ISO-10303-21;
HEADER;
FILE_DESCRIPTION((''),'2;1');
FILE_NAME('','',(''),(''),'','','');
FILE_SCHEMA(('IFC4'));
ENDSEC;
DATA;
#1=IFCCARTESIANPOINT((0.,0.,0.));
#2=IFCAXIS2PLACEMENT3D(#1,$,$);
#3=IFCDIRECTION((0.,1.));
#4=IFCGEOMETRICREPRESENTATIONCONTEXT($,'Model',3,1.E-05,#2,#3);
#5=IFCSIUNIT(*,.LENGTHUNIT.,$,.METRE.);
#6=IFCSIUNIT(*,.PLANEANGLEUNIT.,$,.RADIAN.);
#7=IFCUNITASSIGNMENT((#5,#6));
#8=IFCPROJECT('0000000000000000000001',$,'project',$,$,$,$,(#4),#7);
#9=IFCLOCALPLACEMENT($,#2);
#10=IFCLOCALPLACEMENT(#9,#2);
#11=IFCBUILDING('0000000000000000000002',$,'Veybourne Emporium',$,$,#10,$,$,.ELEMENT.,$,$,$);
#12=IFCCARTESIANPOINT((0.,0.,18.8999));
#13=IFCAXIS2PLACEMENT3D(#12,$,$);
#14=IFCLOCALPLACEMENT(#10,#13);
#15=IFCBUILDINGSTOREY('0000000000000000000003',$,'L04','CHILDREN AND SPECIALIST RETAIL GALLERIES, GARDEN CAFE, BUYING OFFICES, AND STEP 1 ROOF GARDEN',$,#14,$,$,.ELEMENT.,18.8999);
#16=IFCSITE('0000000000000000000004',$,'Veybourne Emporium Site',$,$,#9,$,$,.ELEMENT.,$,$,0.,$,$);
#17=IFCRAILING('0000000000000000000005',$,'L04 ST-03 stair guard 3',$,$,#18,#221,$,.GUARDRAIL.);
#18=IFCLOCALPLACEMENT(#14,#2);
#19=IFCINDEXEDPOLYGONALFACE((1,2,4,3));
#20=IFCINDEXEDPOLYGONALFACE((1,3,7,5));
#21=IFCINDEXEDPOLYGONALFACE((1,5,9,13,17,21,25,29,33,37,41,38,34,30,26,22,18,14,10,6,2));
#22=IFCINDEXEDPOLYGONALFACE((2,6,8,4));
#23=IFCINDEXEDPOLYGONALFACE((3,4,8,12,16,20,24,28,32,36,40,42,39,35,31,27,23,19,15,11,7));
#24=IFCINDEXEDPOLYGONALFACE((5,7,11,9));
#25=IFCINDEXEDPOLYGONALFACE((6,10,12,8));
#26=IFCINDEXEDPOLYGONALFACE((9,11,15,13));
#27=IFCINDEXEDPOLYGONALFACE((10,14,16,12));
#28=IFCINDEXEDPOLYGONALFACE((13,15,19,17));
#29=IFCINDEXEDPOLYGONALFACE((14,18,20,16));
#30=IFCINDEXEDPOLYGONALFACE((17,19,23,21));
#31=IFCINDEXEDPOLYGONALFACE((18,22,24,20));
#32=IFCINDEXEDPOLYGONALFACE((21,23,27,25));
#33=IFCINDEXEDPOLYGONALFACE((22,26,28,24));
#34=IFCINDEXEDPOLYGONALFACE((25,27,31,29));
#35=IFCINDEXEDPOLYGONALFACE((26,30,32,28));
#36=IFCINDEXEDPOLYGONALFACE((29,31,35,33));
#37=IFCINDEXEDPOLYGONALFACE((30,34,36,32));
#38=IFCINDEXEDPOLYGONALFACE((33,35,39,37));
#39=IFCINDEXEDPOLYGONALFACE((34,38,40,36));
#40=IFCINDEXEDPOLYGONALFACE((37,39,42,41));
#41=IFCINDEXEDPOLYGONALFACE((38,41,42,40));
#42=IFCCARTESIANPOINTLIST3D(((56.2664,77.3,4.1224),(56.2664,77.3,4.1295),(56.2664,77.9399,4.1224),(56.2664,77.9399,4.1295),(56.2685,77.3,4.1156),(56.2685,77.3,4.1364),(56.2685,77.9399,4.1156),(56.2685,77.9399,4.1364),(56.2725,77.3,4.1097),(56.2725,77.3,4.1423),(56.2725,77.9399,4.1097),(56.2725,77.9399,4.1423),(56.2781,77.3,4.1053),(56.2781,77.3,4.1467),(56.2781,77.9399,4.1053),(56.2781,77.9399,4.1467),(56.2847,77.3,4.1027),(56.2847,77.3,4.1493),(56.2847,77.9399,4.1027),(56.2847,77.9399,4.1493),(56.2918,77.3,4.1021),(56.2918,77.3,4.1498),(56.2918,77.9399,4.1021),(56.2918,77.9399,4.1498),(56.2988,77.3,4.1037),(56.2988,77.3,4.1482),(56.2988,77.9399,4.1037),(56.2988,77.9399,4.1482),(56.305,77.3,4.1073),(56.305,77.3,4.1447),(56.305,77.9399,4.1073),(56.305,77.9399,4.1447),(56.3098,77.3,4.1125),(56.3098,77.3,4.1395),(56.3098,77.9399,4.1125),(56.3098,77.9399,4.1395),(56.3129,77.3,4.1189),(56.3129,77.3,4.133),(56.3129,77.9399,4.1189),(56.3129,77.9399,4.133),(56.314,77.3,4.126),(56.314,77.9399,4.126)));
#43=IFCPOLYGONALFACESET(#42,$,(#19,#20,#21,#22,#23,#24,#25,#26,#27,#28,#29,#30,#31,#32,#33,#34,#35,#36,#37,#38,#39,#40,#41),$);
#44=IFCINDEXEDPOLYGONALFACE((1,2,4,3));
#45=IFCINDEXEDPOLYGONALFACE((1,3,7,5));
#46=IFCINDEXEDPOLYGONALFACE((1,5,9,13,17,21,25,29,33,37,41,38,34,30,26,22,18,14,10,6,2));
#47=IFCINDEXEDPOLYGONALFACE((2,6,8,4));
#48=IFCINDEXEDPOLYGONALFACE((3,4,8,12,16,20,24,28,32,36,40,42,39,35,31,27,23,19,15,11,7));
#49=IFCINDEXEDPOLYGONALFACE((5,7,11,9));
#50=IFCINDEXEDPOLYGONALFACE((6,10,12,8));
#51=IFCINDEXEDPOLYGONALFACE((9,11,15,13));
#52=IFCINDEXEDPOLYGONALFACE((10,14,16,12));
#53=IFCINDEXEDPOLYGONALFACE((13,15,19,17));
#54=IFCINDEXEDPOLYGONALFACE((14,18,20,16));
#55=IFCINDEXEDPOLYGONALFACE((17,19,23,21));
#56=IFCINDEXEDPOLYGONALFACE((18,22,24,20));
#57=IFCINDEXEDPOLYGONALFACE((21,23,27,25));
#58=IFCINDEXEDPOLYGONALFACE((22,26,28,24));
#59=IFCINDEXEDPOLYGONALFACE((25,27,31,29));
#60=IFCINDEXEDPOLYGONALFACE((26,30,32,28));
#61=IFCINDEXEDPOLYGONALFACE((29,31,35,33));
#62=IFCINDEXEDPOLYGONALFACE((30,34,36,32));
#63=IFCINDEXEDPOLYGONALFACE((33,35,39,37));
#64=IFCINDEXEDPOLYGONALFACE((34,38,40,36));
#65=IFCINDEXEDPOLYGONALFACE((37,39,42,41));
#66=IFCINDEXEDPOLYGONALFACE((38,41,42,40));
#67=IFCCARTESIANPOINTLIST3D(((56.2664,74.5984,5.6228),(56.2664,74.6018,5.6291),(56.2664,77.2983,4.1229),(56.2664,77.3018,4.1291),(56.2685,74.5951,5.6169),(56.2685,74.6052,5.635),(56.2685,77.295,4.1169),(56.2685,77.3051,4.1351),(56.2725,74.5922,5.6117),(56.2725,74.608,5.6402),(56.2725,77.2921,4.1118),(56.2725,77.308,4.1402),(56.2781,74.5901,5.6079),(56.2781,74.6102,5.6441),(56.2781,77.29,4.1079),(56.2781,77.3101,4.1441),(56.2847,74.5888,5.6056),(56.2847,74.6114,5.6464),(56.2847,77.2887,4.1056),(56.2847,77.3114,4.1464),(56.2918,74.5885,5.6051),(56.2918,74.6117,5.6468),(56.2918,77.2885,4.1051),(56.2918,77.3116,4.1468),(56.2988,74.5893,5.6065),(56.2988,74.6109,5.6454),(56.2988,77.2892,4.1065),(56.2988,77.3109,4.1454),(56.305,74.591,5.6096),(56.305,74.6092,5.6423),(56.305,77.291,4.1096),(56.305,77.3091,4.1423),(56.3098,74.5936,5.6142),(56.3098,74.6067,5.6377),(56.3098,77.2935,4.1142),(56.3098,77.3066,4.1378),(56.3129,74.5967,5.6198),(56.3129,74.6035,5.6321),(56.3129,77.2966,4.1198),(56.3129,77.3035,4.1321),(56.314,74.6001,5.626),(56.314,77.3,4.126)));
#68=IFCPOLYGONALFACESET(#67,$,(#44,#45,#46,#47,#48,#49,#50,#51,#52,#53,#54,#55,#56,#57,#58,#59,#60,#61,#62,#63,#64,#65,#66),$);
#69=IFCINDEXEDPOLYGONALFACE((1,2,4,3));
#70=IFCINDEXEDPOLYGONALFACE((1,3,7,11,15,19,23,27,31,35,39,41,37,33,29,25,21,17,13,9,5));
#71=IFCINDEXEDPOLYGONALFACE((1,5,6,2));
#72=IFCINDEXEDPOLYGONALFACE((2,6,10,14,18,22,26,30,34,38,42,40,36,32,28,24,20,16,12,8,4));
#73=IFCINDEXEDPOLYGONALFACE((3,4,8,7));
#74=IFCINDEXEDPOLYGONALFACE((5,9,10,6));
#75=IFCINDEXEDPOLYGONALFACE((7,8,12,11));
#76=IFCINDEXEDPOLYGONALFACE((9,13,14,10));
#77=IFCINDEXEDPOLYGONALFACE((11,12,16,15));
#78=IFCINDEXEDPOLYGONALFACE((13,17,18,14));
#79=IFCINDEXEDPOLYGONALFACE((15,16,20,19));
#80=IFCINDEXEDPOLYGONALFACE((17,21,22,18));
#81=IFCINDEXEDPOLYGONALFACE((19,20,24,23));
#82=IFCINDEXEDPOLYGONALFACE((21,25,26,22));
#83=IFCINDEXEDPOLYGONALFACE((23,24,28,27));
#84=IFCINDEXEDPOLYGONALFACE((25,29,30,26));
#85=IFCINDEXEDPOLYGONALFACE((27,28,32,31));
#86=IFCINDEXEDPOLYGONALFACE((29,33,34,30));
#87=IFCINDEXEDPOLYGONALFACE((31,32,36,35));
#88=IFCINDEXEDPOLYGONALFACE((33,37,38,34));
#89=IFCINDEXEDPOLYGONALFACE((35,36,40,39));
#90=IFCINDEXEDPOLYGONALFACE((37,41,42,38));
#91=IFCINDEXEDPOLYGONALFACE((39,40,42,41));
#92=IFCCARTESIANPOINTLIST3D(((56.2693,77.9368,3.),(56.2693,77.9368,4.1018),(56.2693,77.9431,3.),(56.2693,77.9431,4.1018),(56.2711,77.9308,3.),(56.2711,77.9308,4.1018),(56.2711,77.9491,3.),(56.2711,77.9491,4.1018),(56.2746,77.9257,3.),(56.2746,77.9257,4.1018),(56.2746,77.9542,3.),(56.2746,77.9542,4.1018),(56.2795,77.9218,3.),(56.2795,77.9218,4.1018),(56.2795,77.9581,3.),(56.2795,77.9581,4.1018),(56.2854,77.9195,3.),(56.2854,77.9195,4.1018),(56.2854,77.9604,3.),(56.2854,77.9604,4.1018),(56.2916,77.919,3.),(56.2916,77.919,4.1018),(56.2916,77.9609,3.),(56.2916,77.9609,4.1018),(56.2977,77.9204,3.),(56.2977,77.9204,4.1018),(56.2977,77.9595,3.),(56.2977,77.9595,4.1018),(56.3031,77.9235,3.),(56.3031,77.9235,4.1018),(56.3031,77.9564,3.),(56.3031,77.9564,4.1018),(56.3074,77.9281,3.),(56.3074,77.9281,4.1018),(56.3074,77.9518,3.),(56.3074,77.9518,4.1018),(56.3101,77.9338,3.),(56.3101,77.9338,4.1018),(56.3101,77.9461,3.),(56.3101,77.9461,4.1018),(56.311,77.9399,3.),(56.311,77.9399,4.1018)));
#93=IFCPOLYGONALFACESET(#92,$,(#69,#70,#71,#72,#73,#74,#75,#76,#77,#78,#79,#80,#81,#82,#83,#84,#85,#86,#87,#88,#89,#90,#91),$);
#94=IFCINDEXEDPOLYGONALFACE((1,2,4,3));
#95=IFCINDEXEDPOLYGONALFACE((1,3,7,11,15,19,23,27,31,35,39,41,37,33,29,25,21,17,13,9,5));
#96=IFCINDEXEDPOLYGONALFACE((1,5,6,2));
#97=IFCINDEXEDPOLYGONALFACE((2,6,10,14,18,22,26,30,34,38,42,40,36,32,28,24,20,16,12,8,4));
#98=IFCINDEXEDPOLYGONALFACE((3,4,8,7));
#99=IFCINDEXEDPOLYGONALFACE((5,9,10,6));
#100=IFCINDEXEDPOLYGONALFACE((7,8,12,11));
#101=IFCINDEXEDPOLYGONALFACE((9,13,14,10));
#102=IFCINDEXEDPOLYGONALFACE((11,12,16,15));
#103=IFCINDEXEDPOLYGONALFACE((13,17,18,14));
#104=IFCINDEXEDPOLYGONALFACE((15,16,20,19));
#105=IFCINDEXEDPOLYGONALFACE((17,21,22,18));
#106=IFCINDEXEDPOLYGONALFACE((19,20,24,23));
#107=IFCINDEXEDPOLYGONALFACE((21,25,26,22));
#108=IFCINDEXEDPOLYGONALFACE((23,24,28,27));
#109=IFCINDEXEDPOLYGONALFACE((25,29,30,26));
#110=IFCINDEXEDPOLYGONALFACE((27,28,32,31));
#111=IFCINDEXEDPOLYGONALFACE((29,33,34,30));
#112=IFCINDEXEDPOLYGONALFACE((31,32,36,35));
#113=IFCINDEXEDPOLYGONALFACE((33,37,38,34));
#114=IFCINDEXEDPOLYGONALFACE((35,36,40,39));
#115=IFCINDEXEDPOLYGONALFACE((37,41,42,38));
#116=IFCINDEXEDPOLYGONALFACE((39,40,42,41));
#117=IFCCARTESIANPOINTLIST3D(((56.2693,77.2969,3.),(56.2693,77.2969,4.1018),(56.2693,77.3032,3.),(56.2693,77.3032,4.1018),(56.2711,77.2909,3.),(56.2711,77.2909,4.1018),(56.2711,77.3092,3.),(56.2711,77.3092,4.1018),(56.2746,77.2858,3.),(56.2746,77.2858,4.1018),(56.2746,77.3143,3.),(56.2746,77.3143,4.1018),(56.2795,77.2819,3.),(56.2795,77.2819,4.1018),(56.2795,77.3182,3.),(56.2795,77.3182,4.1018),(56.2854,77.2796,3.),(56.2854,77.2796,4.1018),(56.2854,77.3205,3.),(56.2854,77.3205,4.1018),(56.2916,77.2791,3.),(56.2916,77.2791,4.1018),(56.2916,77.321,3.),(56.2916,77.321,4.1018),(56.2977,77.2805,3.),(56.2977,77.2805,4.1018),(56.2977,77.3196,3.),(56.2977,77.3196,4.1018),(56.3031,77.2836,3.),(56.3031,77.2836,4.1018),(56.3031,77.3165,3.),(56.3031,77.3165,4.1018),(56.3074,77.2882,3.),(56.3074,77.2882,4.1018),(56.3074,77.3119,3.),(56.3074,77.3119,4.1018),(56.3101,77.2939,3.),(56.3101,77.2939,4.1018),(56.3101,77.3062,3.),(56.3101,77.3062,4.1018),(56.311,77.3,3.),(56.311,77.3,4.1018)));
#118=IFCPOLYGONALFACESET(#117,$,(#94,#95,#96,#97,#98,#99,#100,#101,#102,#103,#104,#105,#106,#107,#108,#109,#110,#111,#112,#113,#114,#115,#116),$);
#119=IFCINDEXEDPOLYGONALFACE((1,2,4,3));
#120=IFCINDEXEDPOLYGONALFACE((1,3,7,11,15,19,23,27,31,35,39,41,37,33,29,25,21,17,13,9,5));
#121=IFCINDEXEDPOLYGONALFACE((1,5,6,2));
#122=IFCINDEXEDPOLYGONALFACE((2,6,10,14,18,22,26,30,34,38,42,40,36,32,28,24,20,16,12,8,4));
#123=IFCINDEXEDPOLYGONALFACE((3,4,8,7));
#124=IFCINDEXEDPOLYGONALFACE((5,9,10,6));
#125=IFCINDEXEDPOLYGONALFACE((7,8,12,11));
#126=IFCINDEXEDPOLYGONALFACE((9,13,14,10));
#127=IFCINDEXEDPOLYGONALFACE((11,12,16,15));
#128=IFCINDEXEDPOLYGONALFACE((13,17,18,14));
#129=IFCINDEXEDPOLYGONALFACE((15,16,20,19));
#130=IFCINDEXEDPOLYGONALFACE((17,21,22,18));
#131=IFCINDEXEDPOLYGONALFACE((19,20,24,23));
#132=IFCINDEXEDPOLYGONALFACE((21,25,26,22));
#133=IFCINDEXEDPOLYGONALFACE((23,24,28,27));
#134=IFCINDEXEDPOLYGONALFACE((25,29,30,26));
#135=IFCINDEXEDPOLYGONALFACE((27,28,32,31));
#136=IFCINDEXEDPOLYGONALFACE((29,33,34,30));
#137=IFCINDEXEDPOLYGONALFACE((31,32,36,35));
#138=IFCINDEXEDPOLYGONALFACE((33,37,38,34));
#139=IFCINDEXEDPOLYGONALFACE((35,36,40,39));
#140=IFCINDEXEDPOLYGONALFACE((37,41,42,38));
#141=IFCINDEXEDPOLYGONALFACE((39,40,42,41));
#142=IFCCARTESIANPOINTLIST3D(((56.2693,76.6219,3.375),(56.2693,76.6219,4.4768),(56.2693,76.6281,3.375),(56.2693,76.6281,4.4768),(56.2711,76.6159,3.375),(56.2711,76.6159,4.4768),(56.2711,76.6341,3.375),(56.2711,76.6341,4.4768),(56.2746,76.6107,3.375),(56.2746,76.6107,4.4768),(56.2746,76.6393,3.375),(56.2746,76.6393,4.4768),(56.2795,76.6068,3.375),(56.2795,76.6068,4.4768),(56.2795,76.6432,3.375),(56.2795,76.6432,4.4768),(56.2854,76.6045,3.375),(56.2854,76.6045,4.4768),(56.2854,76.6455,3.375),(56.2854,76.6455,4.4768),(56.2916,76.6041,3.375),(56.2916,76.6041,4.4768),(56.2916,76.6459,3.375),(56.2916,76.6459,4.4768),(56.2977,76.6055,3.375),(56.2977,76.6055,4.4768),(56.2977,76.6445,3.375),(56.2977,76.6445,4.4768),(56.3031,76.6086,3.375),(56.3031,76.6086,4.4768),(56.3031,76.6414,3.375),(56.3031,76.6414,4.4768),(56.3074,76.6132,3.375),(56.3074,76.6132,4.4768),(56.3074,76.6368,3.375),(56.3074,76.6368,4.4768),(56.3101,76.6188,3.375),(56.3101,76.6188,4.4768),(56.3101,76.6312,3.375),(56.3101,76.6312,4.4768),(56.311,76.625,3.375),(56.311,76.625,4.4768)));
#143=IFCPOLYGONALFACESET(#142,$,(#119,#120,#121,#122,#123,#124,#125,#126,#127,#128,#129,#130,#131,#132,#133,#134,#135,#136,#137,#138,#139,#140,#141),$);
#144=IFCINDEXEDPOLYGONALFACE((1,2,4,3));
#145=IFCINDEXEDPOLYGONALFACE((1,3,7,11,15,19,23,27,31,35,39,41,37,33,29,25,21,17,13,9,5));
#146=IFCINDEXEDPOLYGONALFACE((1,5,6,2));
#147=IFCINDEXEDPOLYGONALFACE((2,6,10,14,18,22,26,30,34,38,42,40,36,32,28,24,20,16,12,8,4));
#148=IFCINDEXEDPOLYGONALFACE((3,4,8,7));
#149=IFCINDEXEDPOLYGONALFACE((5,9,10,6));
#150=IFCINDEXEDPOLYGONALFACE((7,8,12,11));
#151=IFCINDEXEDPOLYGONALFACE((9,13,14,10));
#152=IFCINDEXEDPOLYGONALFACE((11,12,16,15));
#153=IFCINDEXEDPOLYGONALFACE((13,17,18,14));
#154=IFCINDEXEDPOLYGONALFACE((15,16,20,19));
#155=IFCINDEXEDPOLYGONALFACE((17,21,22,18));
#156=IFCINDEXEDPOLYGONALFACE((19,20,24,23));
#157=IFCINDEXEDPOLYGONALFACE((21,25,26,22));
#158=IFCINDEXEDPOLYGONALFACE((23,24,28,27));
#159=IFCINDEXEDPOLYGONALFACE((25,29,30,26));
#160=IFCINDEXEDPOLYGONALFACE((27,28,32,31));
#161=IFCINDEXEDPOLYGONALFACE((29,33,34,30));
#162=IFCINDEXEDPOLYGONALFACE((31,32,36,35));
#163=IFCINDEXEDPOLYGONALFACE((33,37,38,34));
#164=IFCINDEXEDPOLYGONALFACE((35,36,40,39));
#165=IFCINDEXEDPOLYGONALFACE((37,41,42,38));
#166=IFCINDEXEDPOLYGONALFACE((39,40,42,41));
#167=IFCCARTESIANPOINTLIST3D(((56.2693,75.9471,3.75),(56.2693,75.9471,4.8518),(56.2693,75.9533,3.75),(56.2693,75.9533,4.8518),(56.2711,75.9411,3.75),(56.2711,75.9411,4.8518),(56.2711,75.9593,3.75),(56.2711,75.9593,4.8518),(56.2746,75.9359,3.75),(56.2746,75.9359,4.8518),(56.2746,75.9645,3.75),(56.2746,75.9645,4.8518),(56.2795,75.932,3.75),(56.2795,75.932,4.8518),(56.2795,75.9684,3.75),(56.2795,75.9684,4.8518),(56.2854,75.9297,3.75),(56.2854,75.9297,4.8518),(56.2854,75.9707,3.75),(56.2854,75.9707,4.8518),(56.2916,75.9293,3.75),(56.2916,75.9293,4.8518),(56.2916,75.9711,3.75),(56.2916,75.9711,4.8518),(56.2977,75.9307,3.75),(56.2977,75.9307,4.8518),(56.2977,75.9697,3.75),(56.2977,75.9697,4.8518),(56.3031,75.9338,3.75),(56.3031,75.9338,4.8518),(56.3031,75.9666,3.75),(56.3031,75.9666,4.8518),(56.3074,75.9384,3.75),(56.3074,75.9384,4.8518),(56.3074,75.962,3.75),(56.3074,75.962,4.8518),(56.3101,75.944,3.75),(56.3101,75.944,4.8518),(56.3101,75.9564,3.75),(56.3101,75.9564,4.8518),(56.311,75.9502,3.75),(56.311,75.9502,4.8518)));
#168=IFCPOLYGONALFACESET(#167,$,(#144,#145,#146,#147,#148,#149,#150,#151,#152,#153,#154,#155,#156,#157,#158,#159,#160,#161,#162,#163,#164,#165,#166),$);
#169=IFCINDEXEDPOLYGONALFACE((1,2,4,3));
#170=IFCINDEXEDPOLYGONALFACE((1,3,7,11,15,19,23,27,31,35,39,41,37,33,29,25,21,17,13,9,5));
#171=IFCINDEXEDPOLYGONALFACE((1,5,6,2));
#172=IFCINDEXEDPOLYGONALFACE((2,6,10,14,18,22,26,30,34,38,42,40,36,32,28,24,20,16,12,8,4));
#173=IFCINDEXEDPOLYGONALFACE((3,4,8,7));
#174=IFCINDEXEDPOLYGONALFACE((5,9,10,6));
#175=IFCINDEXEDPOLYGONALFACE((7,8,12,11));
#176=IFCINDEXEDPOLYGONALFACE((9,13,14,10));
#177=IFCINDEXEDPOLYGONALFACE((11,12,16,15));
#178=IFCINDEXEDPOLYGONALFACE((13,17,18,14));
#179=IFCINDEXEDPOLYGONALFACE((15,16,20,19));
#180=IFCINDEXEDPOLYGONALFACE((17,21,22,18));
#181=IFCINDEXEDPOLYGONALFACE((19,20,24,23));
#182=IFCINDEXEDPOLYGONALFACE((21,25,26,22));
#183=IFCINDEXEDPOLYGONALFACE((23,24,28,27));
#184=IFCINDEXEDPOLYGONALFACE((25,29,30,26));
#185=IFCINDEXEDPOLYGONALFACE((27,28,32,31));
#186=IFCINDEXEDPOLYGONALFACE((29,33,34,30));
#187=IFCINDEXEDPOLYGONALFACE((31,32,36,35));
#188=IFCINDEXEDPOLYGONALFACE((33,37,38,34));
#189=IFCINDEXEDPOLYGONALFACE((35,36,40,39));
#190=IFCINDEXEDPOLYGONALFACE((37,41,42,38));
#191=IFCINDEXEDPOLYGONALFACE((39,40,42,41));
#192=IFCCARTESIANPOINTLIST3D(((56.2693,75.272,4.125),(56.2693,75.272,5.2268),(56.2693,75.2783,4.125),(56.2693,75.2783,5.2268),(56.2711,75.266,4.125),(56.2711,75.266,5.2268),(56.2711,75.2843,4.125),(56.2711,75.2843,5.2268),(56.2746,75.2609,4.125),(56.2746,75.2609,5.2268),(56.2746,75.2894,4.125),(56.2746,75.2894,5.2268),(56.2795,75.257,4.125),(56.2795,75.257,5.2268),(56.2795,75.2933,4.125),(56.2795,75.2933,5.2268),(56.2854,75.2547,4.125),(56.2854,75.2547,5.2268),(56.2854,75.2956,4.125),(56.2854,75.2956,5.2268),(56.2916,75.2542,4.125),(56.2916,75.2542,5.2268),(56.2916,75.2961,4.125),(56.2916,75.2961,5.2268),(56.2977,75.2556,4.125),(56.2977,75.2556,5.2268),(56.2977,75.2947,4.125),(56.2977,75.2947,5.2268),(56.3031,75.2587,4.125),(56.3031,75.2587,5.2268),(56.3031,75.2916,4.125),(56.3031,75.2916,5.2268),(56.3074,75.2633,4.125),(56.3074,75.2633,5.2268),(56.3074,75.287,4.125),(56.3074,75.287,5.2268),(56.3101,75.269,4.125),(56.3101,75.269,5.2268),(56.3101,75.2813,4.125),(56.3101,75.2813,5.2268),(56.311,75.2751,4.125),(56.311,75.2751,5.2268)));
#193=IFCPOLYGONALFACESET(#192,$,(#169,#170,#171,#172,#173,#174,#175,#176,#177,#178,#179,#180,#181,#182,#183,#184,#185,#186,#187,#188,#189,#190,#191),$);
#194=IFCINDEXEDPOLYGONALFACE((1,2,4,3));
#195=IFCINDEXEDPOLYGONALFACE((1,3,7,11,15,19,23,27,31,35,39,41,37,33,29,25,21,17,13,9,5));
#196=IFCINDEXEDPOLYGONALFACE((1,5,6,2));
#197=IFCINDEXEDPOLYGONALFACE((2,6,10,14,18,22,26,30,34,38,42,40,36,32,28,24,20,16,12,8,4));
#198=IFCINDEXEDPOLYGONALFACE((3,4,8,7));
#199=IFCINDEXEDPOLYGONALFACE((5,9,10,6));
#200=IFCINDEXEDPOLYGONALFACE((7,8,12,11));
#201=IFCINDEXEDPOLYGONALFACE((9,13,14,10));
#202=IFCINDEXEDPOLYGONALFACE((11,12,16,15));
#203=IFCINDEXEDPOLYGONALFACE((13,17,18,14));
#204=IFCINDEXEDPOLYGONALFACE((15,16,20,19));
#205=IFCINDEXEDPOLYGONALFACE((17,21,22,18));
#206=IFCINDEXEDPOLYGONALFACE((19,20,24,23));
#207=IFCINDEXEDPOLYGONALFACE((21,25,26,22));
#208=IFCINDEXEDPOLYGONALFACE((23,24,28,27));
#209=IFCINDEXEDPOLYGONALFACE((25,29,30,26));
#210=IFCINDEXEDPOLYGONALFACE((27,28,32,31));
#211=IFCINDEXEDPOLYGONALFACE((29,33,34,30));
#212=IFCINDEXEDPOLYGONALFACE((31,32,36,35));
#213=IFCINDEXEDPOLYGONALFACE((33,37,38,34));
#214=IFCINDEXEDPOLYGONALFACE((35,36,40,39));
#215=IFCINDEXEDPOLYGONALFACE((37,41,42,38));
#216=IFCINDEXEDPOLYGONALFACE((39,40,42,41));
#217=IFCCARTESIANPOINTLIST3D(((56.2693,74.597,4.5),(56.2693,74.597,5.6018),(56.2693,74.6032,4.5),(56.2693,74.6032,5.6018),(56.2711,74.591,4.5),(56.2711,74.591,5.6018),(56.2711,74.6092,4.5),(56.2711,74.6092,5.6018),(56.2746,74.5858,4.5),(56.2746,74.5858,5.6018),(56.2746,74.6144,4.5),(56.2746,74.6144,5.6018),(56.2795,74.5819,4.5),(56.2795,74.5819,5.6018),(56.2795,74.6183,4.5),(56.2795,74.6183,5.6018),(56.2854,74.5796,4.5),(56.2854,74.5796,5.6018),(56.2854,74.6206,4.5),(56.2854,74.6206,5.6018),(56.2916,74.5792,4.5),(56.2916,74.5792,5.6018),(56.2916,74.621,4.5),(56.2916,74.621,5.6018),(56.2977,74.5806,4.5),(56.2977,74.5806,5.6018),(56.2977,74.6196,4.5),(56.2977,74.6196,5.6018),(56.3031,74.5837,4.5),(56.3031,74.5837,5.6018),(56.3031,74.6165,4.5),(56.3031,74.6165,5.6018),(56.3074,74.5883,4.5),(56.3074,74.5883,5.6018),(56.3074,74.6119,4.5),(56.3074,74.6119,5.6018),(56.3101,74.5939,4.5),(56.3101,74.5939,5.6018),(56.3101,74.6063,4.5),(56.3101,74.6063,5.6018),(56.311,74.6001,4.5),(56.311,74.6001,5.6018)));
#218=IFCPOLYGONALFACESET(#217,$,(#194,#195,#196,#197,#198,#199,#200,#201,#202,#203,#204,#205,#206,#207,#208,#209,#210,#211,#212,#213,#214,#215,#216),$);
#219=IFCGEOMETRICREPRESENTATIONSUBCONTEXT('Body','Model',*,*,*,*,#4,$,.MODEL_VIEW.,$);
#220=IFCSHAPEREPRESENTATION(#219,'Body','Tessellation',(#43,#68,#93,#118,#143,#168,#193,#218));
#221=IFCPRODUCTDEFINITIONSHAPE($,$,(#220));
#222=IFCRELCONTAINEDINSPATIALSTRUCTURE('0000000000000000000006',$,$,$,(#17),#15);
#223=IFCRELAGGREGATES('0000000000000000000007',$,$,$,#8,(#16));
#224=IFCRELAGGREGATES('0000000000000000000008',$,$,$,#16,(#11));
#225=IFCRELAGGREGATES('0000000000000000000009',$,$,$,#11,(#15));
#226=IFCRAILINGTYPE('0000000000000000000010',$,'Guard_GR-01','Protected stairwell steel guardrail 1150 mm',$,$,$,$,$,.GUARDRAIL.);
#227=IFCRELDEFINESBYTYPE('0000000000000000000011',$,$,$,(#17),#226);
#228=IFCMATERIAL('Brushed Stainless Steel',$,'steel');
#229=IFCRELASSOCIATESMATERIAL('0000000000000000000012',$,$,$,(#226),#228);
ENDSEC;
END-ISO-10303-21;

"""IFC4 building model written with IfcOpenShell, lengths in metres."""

from ifc_helpers import new_model, si_unit, direction, frame, origin, origin_2d, place, context, subcontext, project, spatial, circle, extrude, material, type_object, element, save


model = new_model("IFC4")

# Units and contexts
model_context = context("Model", 3, precision=1e-05, world=origin(), true_north=direction((0.0, 1.0)))
body_context = subcontext(model_context, "Body", "Model", "MODEL_VIEW")
ifc_project = project(units=[si_unit("LENGTHUNIT", "METRE"), si_unit("PLANEANGLEUNIT", "RADIAN")], contexts=[model_context])

# Site, building, storey
site_placement = place(None, origin())
site = spatial("IfcSite", under=ifc_project, at=site_placement, Name="Veybourne Emporium Site", CompositionType="ELEMENT", RefElevation=0.0)
building_placement = place(site_placement, origin())
building = spatial("IfcBuilding", under=site, at=building_placement, Name="Veybourne Emporium", CompositionType="ELEMENT")
storey_placement = place(building_placement, frame((0.0, 0.0, 18.8999)))
storey = spatial("IfcBuildingStorey", under=building, at=storey_placement, Name="L04", Description="CHILDREN AND SPECIALIST RETAIL GALLERIES, GARDEN CAFE, BUYING OFFICES, AND STEP 1 ROOF GARDEN", CompositionType="ELEMENT", Elevation=18.8999)

# Railing
ifc_material_1 = material(Name="Brushed Stainless Steel", Category="steel")
railing_type_1 = type_object("IfcRailingType", Name="Guard_GR-01", Description="Protected stairwell steel guardrail 1150 mm", PredefinedType="GUARDRAIL", material=ifc_material_1)
railing_1_placement = place(storey_placement, frame((56.29, 77.9399, 3.0)))
element("IfcRailing", 1, at=railing_1_placement, inside=storey, type_object=railing_type_1, Name="L04 ST-03 stair guard 3", PredefinedType="GUARDRAIL", context=body_context, shape_type="SweptSolid", body=[
    extrude(circle(Radius=0.0239, at=origin_2d()), frame((0.0, 0.0, 1.126), z_axis=(0.0, -1.0, 0.0), x_axis=(1.0, 0.0, 0.0)), (0.0, 0.0, 1.0), 0.6399),
    extrude(circle(Radius=0.0239, at=origin_2d()), frame((0.0, -0.6399, 1.126), z_axis=(0.0, -0.874154, 0.48565), x_axis=(1.0, 0.0, 0.0)), (0.0, 0.0, 1.0), 3.0886),
    extrude(circle(Radius=0.021, at=origin_2d()), origin(), (0.0, 0.0, 1.0), 1.1018),
    extrude(circle(Radius=0.021, at=origin_2d()), frame((0.0, -0.6399, 0.0)), (0.0, 0.0, 1.0), 1.1018),
    extrude(circle(Radius=0.021, at=origin_2d()), frame((0.0, -1.3149, 0.375)), (0.0, 0.0, 1.0), 1.1018),
    extrude(circle(Radius=0.021, at=origin_2d()), frame((0.0, -1.9897, 0.75)), (0.0, 0.0, 1.0), 1.1018),
    extrude(circle(Radius=0.021, at=origin_2d()), frame((0.0, -2.6648, 1.125)), (0.0, 0.0, 1.0), 1.1018),
    extrude(circle(Radius=0.021, at=origin_2d()), frame((0.0, -3.3398, 1.5)), (0.0, 0.0, 1.0), 1.1018),
])

save(model, "model.ifc")
